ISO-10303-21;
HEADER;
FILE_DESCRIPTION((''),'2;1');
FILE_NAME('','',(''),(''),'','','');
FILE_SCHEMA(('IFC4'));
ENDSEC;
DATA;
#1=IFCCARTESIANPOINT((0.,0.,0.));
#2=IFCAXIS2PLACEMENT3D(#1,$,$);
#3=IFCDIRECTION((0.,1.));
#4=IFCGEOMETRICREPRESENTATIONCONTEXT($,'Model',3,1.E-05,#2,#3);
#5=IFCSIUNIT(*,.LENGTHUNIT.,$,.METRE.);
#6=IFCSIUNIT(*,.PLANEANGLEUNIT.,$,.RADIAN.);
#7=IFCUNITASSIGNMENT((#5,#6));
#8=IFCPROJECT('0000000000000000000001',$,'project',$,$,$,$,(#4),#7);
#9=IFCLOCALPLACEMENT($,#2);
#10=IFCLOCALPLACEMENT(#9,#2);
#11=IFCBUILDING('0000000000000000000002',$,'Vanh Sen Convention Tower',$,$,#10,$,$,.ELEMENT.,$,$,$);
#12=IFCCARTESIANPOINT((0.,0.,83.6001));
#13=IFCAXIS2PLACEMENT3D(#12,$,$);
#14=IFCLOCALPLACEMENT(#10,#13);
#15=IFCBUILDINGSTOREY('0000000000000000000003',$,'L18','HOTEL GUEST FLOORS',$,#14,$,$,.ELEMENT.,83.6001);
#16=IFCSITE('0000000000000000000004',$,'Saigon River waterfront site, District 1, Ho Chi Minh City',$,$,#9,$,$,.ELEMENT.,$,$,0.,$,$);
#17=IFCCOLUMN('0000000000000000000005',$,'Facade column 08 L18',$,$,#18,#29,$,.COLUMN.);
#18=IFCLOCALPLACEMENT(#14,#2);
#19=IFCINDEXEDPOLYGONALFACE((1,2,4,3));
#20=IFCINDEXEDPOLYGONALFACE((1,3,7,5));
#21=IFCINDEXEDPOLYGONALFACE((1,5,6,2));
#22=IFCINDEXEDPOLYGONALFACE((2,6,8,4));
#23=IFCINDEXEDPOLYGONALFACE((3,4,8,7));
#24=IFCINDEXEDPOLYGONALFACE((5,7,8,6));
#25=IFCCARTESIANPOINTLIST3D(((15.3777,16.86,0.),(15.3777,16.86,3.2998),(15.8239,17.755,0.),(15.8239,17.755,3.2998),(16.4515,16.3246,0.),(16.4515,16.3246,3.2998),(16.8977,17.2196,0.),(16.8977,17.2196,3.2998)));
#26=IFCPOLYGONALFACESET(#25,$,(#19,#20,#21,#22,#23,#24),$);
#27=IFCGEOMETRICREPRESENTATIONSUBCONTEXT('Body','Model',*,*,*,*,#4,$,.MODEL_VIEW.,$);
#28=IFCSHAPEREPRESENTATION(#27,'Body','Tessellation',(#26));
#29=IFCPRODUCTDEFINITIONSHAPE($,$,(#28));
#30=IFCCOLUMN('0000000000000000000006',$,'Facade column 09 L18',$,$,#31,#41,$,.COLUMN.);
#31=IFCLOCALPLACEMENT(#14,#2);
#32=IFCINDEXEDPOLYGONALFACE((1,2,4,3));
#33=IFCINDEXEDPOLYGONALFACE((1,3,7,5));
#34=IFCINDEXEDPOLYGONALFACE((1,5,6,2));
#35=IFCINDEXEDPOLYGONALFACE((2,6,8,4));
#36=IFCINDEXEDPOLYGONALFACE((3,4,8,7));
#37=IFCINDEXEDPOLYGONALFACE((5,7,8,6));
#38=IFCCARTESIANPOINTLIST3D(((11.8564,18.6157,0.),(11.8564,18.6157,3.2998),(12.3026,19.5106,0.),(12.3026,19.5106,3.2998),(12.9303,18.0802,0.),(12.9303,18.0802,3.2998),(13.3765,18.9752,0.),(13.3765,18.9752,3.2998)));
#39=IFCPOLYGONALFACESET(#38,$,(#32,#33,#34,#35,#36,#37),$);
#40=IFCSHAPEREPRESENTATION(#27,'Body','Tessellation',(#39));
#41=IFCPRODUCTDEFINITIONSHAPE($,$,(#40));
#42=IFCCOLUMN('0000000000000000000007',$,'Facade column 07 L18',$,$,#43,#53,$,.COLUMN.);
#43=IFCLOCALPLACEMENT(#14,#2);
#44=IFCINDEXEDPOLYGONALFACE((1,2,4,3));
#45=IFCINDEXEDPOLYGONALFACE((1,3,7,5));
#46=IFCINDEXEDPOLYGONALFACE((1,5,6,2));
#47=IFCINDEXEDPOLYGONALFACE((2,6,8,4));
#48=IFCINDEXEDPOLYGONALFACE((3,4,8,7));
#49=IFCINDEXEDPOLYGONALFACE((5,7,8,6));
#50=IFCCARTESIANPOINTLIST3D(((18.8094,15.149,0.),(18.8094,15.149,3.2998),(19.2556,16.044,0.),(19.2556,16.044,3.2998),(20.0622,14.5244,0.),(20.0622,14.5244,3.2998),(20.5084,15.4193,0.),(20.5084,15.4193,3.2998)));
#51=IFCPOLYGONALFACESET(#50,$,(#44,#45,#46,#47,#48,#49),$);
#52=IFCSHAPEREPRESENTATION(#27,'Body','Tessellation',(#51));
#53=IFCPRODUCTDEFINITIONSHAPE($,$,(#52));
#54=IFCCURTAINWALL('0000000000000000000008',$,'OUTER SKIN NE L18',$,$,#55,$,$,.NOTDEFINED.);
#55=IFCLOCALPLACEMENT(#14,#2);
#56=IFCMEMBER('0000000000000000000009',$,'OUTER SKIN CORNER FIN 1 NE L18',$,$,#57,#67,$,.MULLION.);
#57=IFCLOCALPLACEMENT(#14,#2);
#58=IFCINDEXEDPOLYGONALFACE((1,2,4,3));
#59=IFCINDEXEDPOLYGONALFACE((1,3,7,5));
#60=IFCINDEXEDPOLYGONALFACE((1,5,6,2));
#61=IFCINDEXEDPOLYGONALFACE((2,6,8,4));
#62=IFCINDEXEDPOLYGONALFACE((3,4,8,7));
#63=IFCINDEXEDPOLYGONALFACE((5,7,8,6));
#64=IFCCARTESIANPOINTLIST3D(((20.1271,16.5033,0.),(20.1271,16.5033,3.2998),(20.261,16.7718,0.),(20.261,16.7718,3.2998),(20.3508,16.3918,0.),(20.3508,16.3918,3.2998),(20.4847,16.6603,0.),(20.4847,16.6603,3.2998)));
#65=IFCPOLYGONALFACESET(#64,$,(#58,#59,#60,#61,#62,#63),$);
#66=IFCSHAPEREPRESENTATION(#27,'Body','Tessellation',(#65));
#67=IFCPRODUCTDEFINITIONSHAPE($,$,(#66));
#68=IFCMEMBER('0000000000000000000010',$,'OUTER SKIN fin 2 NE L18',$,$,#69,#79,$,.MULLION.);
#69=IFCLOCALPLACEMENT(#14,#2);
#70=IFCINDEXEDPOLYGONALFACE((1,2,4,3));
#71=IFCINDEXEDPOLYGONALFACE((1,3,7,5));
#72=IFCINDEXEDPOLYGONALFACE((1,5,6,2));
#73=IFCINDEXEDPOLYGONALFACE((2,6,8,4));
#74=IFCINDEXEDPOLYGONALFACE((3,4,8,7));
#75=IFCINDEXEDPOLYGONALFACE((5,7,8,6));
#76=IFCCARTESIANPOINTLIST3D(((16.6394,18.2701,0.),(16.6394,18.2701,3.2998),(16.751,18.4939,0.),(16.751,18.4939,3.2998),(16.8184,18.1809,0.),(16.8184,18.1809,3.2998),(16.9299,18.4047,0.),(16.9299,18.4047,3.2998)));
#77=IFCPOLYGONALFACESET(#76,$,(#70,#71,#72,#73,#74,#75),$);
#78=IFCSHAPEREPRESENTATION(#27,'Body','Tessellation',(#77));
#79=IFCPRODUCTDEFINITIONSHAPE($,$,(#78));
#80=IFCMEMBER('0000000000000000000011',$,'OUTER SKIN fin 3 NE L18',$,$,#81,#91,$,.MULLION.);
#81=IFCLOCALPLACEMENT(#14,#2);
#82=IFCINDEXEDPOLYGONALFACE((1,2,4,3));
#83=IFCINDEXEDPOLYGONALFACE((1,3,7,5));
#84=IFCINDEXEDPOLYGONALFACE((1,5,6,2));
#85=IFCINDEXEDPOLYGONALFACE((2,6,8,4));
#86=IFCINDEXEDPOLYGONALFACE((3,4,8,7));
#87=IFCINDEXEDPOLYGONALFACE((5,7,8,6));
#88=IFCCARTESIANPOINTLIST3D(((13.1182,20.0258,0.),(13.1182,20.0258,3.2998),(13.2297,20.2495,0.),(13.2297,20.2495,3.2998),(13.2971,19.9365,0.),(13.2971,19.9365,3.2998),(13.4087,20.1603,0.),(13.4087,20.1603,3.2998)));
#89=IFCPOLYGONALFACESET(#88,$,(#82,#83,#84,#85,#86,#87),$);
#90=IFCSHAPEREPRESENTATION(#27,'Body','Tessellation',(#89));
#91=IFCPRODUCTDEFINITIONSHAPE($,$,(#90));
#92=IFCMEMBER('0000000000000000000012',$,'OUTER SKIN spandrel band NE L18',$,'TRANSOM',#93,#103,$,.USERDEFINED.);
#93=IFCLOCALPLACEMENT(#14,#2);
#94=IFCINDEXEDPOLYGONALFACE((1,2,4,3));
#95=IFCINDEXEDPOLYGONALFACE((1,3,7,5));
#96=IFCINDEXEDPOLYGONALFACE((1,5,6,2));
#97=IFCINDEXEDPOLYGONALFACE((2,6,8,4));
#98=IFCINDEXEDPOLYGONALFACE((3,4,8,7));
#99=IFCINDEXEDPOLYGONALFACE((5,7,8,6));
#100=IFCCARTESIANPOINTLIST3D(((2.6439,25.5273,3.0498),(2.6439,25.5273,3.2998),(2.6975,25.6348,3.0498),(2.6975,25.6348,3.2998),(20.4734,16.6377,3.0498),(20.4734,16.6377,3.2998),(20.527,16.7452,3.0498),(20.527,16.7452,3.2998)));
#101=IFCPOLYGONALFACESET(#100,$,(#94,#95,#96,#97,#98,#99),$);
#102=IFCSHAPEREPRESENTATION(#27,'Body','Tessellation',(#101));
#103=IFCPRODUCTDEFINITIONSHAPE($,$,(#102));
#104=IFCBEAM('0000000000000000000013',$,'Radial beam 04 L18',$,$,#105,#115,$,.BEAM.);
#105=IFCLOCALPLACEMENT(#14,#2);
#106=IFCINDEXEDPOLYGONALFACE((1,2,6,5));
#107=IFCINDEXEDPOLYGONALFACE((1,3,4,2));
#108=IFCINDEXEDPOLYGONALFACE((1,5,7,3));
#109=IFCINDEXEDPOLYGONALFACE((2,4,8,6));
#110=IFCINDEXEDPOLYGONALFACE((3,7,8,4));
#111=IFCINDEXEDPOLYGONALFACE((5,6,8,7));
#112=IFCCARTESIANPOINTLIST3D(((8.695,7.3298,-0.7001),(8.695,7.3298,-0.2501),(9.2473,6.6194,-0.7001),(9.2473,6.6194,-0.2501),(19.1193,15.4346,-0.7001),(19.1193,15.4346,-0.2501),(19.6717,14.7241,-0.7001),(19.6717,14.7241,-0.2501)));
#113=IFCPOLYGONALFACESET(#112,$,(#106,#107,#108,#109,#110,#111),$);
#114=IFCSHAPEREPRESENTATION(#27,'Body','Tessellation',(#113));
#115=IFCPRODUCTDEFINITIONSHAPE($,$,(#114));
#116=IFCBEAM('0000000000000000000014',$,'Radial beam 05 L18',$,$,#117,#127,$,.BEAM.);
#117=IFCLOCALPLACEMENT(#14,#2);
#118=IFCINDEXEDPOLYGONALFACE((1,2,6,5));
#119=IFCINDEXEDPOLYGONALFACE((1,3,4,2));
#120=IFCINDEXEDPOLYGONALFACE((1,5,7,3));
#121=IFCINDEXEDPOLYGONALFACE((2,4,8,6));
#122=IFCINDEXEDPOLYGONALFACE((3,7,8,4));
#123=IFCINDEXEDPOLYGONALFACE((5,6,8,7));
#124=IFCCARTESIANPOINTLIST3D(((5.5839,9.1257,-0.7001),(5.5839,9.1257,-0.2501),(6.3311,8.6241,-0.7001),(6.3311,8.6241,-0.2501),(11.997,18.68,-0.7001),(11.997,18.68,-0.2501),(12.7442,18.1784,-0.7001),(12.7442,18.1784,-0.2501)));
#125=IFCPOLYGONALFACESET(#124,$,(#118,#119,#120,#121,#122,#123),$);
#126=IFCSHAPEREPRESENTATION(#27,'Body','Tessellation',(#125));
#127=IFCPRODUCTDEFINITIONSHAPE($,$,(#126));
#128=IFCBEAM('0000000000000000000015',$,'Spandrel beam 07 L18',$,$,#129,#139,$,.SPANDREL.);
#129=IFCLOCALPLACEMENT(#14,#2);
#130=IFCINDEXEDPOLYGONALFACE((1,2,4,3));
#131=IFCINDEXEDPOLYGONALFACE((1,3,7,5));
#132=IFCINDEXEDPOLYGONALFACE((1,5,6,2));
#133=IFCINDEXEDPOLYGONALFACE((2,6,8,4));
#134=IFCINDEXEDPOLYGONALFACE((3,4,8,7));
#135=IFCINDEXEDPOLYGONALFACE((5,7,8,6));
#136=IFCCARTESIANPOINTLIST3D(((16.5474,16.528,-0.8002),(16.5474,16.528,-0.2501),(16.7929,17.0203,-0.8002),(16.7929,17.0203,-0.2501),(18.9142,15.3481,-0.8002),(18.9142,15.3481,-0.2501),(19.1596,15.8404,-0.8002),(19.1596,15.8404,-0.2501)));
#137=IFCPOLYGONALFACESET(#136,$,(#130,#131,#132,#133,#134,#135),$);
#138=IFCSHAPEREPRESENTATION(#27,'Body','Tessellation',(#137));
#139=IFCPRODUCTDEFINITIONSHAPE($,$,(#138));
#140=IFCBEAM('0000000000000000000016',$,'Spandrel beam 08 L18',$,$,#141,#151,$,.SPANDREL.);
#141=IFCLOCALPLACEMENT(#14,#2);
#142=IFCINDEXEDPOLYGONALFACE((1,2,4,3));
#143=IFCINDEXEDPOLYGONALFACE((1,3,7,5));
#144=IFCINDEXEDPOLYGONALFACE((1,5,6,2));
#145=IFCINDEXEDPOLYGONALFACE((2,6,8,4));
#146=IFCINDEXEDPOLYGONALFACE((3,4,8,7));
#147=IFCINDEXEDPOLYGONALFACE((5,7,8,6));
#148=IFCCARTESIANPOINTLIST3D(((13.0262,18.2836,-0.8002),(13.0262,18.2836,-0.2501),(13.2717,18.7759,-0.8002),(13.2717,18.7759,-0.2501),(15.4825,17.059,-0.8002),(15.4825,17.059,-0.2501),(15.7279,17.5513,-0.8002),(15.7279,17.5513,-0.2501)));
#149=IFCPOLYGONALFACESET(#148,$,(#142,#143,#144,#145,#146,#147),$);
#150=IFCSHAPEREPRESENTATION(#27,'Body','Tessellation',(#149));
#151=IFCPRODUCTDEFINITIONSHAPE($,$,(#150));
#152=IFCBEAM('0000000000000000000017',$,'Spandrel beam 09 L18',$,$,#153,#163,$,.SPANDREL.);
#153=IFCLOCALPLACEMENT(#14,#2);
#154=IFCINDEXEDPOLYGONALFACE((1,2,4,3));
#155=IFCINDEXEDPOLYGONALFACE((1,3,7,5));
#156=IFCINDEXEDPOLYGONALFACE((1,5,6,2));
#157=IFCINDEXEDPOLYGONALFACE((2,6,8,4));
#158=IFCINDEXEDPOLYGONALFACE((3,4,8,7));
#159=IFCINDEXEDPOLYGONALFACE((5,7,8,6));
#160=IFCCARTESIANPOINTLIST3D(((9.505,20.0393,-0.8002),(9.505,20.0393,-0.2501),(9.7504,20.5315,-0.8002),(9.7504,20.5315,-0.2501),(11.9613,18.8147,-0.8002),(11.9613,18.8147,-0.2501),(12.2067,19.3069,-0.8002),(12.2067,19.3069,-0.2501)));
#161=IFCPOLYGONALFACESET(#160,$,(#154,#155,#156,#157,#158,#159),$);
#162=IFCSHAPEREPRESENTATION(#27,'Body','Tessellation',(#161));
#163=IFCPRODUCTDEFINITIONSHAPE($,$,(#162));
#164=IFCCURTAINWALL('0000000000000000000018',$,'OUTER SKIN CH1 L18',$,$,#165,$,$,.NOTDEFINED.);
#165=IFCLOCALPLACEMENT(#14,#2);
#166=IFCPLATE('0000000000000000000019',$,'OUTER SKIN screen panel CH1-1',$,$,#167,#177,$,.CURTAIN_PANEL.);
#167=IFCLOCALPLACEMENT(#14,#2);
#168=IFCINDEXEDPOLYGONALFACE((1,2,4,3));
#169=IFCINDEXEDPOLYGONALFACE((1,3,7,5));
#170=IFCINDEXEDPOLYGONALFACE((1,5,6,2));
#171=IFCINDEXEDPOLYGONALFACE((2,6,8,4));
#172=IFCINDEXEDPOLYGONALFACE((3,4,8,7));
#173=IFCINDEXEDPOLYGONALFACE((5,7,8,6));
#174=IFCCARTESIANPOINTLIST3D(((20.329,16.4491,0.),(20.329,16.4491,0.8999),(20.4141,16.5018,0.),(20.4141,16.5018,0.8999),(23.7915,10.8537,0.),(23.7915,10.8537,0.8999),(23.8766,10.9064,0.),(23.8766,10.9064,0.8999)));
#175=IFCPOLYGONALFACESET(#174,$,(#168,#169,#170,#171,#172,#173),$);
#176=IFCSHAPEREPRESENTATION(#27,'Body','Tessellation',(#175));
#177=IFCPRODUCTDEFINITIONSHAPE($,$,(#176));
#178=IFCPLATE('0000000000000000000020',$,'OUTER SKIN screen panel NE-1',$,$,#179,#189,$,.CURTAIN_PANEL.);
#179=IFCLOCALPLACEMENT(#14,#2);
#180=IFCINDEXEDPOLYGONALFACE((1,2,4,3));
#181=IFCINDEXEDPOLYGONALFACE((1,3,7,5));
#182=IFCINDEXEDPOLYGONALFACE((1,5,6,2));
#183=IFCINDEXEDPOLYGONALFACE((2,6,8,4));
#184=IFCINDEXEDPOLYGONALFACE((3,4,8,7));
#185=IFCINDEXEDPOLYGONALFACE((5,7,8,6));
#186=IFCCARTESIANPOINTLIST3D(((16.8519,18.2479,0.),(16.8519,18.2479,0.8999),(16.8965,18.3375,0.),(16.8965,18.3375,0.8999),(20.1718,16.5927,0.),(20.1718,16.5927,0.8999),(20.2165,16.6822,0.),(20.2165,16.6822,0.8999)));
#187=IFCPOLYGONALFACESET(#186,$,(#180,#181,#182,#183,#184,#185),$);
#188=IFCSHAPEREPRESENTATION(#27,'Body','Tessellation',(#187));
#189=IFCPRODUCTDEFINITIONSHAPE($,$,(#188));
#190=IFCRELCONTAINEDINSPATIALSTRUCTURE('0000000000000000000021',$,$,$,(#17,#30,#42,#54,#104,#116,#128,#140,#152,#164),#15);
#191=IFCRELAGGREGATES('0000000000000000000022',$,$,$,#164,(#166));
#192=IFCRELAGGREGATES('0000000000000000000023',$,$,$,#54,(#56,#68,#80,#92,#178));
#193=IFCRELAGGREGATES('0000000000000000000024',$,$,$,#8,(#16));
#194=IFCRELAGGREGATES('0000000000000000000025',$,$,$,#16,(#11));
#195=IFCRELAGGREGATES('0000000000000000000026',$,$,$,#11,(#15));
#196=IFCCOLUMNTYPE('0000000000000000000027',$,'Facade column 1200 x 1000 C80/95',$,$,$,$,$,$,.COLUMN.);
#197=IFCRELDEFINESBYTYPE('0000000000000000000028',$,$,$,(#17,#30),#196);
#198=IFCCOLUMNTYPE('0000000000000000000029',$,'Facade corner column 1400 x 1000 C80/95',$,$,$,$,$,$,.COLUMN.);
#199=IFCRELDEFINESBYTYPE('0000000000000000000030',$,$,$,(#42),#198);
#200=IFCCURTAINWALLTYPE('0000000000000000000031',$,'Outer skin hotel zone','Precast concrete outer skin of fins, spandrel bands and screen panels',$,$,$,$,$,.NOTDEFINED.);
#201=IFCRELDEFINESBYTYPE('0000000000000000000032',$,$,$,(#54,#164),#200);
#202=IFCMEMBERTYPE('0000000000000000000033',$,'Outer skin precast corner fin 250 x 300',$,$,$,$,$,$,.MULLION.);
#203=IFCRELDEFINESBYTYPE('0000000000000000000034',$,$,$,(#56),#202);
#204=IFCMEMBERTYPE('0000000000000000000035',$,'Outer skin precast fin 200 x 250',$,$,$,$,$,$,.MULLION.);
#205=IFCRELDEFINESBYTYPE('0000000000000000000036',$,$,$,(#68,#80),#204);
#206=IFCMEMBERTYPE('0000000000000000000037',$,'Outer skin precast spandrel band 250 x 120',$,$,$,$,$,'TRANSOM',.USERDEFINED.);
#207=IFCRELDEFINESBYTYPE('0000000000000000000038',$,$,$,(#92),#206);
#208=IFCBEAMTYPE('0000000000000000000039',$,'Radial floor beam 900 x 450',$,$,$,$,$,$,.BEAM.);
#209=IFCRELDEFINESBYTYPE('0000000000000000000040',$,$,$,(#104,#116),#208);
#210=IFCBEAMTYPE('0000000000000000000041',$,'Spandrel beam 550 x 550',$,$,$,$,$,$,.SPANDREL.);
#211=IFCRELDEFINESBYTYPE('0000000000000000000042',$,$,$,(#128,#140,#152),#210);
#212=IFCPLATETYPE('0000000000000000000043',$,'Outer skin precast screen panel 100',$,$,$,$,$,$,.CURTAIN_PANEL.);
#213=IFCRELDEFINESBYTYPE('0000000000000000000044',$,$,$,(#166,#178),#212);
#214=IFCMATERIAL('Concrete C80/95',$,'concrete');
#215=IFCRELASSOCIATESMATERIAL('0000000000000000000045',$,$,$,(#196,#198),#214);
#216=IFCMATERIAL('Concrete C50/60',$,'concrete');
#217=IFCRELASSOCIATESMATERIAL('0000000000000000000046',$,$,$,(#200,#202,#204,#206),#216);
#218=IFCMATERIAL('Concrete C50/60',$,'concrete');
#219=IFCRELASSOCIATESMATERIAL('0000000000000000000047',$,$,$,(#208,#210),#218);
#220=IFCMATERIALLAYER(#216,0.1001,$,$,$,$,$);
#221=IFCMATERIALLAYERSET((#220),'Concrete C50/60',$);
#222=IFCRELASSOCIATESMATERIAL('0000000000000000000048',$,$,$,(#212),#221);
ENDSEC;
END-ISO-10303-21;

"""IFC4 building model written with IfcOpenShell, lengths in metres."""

from ifc_helpers import new_model, si_unit, direction, frame, origin, origin_2d, place, context, subcontext, project, spatial, rectangle, extrude, material, layer, layer_set, material_profile, profile_set, type_object, element, aggregate, save


model = new_model("IFC4")

# Units and contexts
model_context = context("Model", 3, precision=1e-05, world=origin(), true_north=direction((0.0, 1.0)))
body_context = subcontext(model_context, "Body", "Model", "MODEL_VIEW")
ifc_project = project(units=[si_unit("LENGTHUNIT", "METRE"), si_unit("PLANEANGLEUNIT", "RADIAN")], contexts=[model_context])

# Site, building, storey
site_placement = place(None, origin())
site = spatial("IfcSite", under=ifc_project, at=site_placement, Name="Saigon River waterfront site, District 1, Ho Chi Minh City", CompositionType="ELEMENT", RefElevation=0.0)
building_placement = place(site_placement, origin())
building = spatial("IfcBuilding", under=site, at=building_placement, Name="Vanh Sen Convention Tower", CompositionType="ELEMENT")
storey_placement = place(building_placement, frame((0.0, 0.0, 83.6001)))
storey = spatial("IfcBuildingStorey", under=building, at=storey_placement, Name="L18", Description="HOTEL GUEST FLOORS", CompositionType="ELEMENT", Elevation=83.6001)

# Columns
ifc_material_1 = material(Name="Concrete C80/95", Category="concrete")
ifc_material_profile_1 = material_profile(ifc_material_1, rectangle(XDim=1.2, YDim=1.0, at=origin_2d()), Name="RC 1200X1000")
ifc_profile_set_1 = profile_set([ifc_material_profile_1], Name="Concrete C80/95")
column_type_1 = type_object("IfcColumnType", Name="Facade column 1200 x 1000 C80/95", PredefinedType="COLUMN", material=ifc_profile_set_1)
for number, where, z_axis, x_axis, name in (
    (1, (16.1377, 17.0398, 0.0), (0.0, 0.0, 1.0), (-0.894934, 0.446198, 0.0), "Facade column 08 L18"),
    (2, (12.6165, 18.7954, 0.0), (0.0, 0.0, 1.0), (-0.894934, 0.446198, 0.0), "Facade column 09 L18"),
):
    element("IfcColumn", number, at=place(storey_placement, frame(where, z_axis=z_axis, x_axis=x_axis)), inside=storey, type_object=column_type_1, Name=name, PredefinedType="COLUMN", context=body_context, shape_type="SweptSolid", body=[
        extrude(rectangle(XDim=1.2, YDim=1.0, at=origin_2d()), origin(), (0.0, 0.0, 1.0), 3.2998),
    ])
ifc_material_profile_2 = material_profile(ifc_material_1, rectangle(XDim=1.3999, YDim=1.0, at=origin_2d()), Name="RC 1400X1000")
ifc_profile_set_2 = profile_set([ifc_material_profile_2], Name="Concrete C80/95")
column_type_2 = type_object("IfcColumnType", Name="Facade corner column 1400 x 1000 C80/95", PredefinedType="COLUMN", material=ifc_profile_set_2)
column_placement = place(storey_placement, frame((19.6589, 15.2842, 0.0), z_axis=(0.0, 0.0, 1.0), x_axis=(-0.894934, 0.446198, 0.0)))
element("IfcColumn", 3, at=column_placement, inside=storey, type_object=column_type_2, Name="Facade column 07 L18", PredefinedType="COLUMN", context=body_context, shape_type="SweptSolid", body=[
    extrude(rectangle(XDim=1.3999, YDim=1.0, at=origin_2d()), origin(), (0.0, 0.0, 1.0), 3.2998),
])

# Curtain wall, members
ifc_material_2 = material(Name="Concrete C50/60", Category="concrete")
curtain_wall_type = type_object("IfcCurtainWallType", Name="Outer skin hotel zone", Description="Precast concrete outer skin of fins, spandrel bands and screen panels", PredefinedType="NOTDEFINED", material=ifc_material_2)
curtain_wall_1_placement = place(storey_placement, origin())
curtain_wall_1 = element("IfcCurtainWall", 4, at=curtain_wall_1_placement, inside=storey, type_object=curtain_wall_type, Name="OUTER SKIN NE L18", PredefinedType="NOTDEFINED")
ifc_material_profile_3 = material_profile(ifc_material_2, rectangle(XDim=0.25, YDim=0.3, at=origin_2d()), Name="Outer skin precast corner fin 250 x 300")
ifc_profile_set_3 = profile_set([ifc_material_profile_3], Name="Concrete C50/60")
member_type_1 = type_object("IfcMemberType", Name="Outer skin precast corner fin 250 x 300", PredefinedType="MULLION", material=ifc_profile_set_3)
member_1_placement = place(storey_placement, frame((20.3059, 16.5818, 0.0), z_axis=(0.0, 0.0, 1.0), x_axis=(-0.894934, 0.446198, 0.0)))
member_1 = element("IfcMember", 5, at=member_1_placement, type_object=member_type_1, Name="OUTER SKIN CORNER FIN 1 NE L18", PredefinedType="MULLION", context=body_context, shape_type="SweptSolid", body=[
    extrude(rectangle(XDim=0.25, YDim=0.3, at=origin_2d()), origin(), (0.0, 0.0, 1.0), 3.2998),
])
ifc_material_profile_4 = material_profile(ifc_material_2, rectangle(XDim=0.2, YDim=0.25, at=origin_2d()), Name="Outer skin precast fin 200 x 250")
ifc_profile_set_4 = profile_set([ifc_material_profile_4], Name="Concrete C50/60")
member_type_2 = type_object("IfcMemberType", Name="Outer skin precast fin 200 x 250", PredefinedType="MULLION", material=ifc_profile_set_4)
member_2_placement = place(storey_placement, frame((16.7847, 18.3374, 0.0), z_axis=(0.0, 0.0, 1.0), x_axis=(-0.894934, 0.446198, 0.0)))
member_2 = element("IfcMember", 6, at=member_2_placement, type_object=member_type_2, Name="OUTER SKIN fin 2 NE L18", PredefinedType="MULLION", context=body_context, shape_type="SweptSolid", body=[
    extrude(rectangle(XDim=0.2, YDim=0.25, at=origin_2d()), origin(), (0.0, 0.0, 1.0), 3.2998),
])
member_3_placement = place(storey_placement, frame((13.2634, 20.093, 0.0), z_axis=(0.0, 0.0, 1.0), x_axis=(-0.894934, 0.446198, 0.0)))
member_3 = element("IfcMember", 7, at=member_3_placement, type_object=member_type_2, Name="OUTER SKIN fin 3 NE L18", PredefinedType="MULLION", context=body_context, shape_type="SweptSolid", body=[
    extrude(rectangle(XDim=0.2, YDim=0.25, at=origin_2d()), origin(), (0.0, 0.0, 1.0), 3.2998),
])
ifc_material_profile_5 = material_profile(ifc_material_2, rectangle(XDim=0.1201, YDim=0.25, at=origin_2d()), Name="Outer skin precast spandrel band 250 x 120")
ifc_profile_set_5 = profile_set([ifc_material_profile_5], Name="Concrete C50/60")
member_type_3 = type_object("IfcMemberType", Name="Outer skin precast spandrel band 250 x 120", ElementType="TRANSOM", PredefinedType="USERDEFINED", material=ifc_profile_set_5)
member_4_placement = place(storey_placement, frame((20.5002, 16.6914, 3.1748), z_axis=(-0.894931, 0.446204, 0.0), x_axis=(-0.446204, -0.894931, 0.0)))
member_4 = element("IfcMember", 8, at=member_4_placement, type_object=member_type_3, Name="OUTER SKIN spandrel band NE L18", ObjectType="TRANSOM", PredefinedType="USERDEFINED", context=body_context, shape_type="SweptSolid", body=[
    extrude(rectangle(XDim=0.1201, YDim=0.25, at=origin_2d()), origin(), (0.0, 0.0, 1.0), 19.9229),
])

# Beams
ifc_material_3 = material(Name="Concrete C50/60", Category="concrete")
ifc_material_profile_6 = material_profile(ifc_material_3, rectangle(XDim=0.8999, YDim=0.45, at=origin_2d()), Name="RC 900X450")
ifc_profile_set_6 = profile_set([ifc_material_profile_6], Name="Concrete C50/60")
beam_type_1 = type_object("IfcBeamType", Name="Radial floor beam 900 x 450", PredefinedType="BEAM", material=ifc_profile_set_6)
beam_1_placement = place(storey_placement, frame((19.3955, 15.0793, -0.4751), z_axis=(-0.789465, -0.613796, 0.0), x_axis=(0.613796, -0.789465, 0.0)))
element("IfcBeam", 9, at=beam_1_placement, inside=storey, type_object=beam_type_1, Name="Radial beam 04 L18", PredefinedType="BEAM", context=body_context, shape_type="SweptSolid", body=[
    extrude(rectangle(XDim=0.8999, YDim=0.45, at=origin_2d()), origin(), (0.0, 0.0, 1.0), 13.2043),
])
beam_2_placement = place(storey_placement, frame((12.3706, 18.4292, -0.4751), z_axis=(-0.557322, -0.830297, 0.0), x_axis=(0.830297, -0.557322, 0.0)))
element("IfcBeam", 10, at=beam_2_placement, inside=storey, type_object=beam_type_1, Name="Radial beam 05 L18", PredefinedType="BEAM", context=body_context, shape_type="SweptSolid", body=[
    extrude(rectangle(XDim=0.8999, YDim=0.45, at=origin_2d()), origin(), (0.0, 0.0, 1.0), 11.5071),
])
ifc_material_profile_7 = material_profile(ifc_material_3, rectangle(XDim=0.55, YDim=0.55, at=origin_2d()), Name="RC 550X550")
ifc_profile_set_7 = profile_set([ifc_material_profile_7], Name="Concrete C50/60")
beam_type_2 = type_object("IfcBeamType", Name="Spandrel beam 550 x 550", PredefinedType="SPANDREL", material=ifc_profile_set_7)
beam_3_placement = place(storey_placement, frame((19.0369, 15.5942, -0.5251), z_axis=(-0.894944, 0.446179, 0.0), x_axis=(-0.446179, -0.894944, 0.0)))
element("IfcBeam", 11, at=beam_3_placement, inside=storey, type_object=beam_type_2, Name="Spandrel beam 07 L18", PredefinedType="SPANDREL", context=body_context, shape_type="SweptSolid", body=[
    extrude(rectangle(XDim=0.55, YDim=0.55, at=origin_2d()), origin(), (0.0, 0.0, 1.0), 2.6445),
])
for number, where, z_axis, x_axis, name in (
    (12, (15.6052, 17.3052, -0.5251), (-0.894943, 0.446181, 0.0), (-0.446181, -0.894943, 0.0), "Spandrel beam 08 L18"),
    (13, (12.084, 19.0608, -0.5251), (-0.894943, 0.446181, 0.0), (-0.446181, -0.894943, 0.0), "Spandrel beam 09 L18"),
):
    element("IfcBeam", number, at=place(storey_placement, frame(where, z_axis=z_axis, x_axis=x_axis)), inside=storey, type_object=beam_type_2, Name=name, PredefinedType="SPANDREL", context=body_context, shape_type="SweptSolid", body=[
        extrude(rectangle(XDim=0.55, YDim=0.55, at=origin_2d()), origin(), (0.0, 0.0, 1.0), 2.7446),
    ])

# Curtain wall, plate
curtain_wall_2_placement = place(storey_placement, origin())
curtain_wall_2 = element("IfcCurtainWall", 14, at=curtain_wall_2_placement, inside=storey, type_object=curtain_wall_type, Name="OUTER SKIN CH1 L18", PredefinedType="NOTDEFINED")
ifc_layer_1 = layer(ifc_material_2, 0.1001)
ifc_layer_set_1 = layer_set([ifc_layer_1], Name="Concrete C50/60")
plate_type = type_object("IfcPlateType", Name="Outer skin precast screen panel 100", PredefinedType="CURTAIN_PANEL", material=ifc_layer_set_1)
plate_1_placement = place(storey_placement, frame((22.1028, 13.6777, 0.0), z_axis=(0.0, 0.0, 1.0), x_axis=(-0.526212, 0.850353, 0.0)))
plate_1 = element("IfcPlate", 15, at=plate_1_placement, type_object=plate_type, Name="OUTER SKIN screen panel CH1-1", PredefinedType="CURTAIN_PANEL", context=body_context, shape_type="SweptSolid", body=[
    extrude(rectangle(XDim=6.5801, YDim=0.1001, at=origin_2d()), origin(), (0.0, 0.0, 1.0), 0.8999),
])
aggregate(curtain_wall_2, [plate_1])

# Plate
plate_2_placement = place(storey_placement, frame((18.5342, 17.4651, 0.0), z_axis=(0.0, 0.0, 1.0), x_axis=(-0.894935, 0.446196, 0.0)))
plate_2 = element("IfcPlate", 16, at=plate_2_placement, type_object=plate_type, Name="OUTER SKIN screen panel NE-1", PredefinedType="CURTAIN_PANEL", context=body_context, shape_type="SweptSolid", body=[
    extrude(rectangle(XDim=3.7097, YDim=0.1001, at=origin_2d()), origin(), (0.0, 0.0, 1.0), 0.8999),
])
aggregate(curtain_wall_1, [member_1, member_2, member_3, member_4, plate_2])

save(model, "model.ifc")
